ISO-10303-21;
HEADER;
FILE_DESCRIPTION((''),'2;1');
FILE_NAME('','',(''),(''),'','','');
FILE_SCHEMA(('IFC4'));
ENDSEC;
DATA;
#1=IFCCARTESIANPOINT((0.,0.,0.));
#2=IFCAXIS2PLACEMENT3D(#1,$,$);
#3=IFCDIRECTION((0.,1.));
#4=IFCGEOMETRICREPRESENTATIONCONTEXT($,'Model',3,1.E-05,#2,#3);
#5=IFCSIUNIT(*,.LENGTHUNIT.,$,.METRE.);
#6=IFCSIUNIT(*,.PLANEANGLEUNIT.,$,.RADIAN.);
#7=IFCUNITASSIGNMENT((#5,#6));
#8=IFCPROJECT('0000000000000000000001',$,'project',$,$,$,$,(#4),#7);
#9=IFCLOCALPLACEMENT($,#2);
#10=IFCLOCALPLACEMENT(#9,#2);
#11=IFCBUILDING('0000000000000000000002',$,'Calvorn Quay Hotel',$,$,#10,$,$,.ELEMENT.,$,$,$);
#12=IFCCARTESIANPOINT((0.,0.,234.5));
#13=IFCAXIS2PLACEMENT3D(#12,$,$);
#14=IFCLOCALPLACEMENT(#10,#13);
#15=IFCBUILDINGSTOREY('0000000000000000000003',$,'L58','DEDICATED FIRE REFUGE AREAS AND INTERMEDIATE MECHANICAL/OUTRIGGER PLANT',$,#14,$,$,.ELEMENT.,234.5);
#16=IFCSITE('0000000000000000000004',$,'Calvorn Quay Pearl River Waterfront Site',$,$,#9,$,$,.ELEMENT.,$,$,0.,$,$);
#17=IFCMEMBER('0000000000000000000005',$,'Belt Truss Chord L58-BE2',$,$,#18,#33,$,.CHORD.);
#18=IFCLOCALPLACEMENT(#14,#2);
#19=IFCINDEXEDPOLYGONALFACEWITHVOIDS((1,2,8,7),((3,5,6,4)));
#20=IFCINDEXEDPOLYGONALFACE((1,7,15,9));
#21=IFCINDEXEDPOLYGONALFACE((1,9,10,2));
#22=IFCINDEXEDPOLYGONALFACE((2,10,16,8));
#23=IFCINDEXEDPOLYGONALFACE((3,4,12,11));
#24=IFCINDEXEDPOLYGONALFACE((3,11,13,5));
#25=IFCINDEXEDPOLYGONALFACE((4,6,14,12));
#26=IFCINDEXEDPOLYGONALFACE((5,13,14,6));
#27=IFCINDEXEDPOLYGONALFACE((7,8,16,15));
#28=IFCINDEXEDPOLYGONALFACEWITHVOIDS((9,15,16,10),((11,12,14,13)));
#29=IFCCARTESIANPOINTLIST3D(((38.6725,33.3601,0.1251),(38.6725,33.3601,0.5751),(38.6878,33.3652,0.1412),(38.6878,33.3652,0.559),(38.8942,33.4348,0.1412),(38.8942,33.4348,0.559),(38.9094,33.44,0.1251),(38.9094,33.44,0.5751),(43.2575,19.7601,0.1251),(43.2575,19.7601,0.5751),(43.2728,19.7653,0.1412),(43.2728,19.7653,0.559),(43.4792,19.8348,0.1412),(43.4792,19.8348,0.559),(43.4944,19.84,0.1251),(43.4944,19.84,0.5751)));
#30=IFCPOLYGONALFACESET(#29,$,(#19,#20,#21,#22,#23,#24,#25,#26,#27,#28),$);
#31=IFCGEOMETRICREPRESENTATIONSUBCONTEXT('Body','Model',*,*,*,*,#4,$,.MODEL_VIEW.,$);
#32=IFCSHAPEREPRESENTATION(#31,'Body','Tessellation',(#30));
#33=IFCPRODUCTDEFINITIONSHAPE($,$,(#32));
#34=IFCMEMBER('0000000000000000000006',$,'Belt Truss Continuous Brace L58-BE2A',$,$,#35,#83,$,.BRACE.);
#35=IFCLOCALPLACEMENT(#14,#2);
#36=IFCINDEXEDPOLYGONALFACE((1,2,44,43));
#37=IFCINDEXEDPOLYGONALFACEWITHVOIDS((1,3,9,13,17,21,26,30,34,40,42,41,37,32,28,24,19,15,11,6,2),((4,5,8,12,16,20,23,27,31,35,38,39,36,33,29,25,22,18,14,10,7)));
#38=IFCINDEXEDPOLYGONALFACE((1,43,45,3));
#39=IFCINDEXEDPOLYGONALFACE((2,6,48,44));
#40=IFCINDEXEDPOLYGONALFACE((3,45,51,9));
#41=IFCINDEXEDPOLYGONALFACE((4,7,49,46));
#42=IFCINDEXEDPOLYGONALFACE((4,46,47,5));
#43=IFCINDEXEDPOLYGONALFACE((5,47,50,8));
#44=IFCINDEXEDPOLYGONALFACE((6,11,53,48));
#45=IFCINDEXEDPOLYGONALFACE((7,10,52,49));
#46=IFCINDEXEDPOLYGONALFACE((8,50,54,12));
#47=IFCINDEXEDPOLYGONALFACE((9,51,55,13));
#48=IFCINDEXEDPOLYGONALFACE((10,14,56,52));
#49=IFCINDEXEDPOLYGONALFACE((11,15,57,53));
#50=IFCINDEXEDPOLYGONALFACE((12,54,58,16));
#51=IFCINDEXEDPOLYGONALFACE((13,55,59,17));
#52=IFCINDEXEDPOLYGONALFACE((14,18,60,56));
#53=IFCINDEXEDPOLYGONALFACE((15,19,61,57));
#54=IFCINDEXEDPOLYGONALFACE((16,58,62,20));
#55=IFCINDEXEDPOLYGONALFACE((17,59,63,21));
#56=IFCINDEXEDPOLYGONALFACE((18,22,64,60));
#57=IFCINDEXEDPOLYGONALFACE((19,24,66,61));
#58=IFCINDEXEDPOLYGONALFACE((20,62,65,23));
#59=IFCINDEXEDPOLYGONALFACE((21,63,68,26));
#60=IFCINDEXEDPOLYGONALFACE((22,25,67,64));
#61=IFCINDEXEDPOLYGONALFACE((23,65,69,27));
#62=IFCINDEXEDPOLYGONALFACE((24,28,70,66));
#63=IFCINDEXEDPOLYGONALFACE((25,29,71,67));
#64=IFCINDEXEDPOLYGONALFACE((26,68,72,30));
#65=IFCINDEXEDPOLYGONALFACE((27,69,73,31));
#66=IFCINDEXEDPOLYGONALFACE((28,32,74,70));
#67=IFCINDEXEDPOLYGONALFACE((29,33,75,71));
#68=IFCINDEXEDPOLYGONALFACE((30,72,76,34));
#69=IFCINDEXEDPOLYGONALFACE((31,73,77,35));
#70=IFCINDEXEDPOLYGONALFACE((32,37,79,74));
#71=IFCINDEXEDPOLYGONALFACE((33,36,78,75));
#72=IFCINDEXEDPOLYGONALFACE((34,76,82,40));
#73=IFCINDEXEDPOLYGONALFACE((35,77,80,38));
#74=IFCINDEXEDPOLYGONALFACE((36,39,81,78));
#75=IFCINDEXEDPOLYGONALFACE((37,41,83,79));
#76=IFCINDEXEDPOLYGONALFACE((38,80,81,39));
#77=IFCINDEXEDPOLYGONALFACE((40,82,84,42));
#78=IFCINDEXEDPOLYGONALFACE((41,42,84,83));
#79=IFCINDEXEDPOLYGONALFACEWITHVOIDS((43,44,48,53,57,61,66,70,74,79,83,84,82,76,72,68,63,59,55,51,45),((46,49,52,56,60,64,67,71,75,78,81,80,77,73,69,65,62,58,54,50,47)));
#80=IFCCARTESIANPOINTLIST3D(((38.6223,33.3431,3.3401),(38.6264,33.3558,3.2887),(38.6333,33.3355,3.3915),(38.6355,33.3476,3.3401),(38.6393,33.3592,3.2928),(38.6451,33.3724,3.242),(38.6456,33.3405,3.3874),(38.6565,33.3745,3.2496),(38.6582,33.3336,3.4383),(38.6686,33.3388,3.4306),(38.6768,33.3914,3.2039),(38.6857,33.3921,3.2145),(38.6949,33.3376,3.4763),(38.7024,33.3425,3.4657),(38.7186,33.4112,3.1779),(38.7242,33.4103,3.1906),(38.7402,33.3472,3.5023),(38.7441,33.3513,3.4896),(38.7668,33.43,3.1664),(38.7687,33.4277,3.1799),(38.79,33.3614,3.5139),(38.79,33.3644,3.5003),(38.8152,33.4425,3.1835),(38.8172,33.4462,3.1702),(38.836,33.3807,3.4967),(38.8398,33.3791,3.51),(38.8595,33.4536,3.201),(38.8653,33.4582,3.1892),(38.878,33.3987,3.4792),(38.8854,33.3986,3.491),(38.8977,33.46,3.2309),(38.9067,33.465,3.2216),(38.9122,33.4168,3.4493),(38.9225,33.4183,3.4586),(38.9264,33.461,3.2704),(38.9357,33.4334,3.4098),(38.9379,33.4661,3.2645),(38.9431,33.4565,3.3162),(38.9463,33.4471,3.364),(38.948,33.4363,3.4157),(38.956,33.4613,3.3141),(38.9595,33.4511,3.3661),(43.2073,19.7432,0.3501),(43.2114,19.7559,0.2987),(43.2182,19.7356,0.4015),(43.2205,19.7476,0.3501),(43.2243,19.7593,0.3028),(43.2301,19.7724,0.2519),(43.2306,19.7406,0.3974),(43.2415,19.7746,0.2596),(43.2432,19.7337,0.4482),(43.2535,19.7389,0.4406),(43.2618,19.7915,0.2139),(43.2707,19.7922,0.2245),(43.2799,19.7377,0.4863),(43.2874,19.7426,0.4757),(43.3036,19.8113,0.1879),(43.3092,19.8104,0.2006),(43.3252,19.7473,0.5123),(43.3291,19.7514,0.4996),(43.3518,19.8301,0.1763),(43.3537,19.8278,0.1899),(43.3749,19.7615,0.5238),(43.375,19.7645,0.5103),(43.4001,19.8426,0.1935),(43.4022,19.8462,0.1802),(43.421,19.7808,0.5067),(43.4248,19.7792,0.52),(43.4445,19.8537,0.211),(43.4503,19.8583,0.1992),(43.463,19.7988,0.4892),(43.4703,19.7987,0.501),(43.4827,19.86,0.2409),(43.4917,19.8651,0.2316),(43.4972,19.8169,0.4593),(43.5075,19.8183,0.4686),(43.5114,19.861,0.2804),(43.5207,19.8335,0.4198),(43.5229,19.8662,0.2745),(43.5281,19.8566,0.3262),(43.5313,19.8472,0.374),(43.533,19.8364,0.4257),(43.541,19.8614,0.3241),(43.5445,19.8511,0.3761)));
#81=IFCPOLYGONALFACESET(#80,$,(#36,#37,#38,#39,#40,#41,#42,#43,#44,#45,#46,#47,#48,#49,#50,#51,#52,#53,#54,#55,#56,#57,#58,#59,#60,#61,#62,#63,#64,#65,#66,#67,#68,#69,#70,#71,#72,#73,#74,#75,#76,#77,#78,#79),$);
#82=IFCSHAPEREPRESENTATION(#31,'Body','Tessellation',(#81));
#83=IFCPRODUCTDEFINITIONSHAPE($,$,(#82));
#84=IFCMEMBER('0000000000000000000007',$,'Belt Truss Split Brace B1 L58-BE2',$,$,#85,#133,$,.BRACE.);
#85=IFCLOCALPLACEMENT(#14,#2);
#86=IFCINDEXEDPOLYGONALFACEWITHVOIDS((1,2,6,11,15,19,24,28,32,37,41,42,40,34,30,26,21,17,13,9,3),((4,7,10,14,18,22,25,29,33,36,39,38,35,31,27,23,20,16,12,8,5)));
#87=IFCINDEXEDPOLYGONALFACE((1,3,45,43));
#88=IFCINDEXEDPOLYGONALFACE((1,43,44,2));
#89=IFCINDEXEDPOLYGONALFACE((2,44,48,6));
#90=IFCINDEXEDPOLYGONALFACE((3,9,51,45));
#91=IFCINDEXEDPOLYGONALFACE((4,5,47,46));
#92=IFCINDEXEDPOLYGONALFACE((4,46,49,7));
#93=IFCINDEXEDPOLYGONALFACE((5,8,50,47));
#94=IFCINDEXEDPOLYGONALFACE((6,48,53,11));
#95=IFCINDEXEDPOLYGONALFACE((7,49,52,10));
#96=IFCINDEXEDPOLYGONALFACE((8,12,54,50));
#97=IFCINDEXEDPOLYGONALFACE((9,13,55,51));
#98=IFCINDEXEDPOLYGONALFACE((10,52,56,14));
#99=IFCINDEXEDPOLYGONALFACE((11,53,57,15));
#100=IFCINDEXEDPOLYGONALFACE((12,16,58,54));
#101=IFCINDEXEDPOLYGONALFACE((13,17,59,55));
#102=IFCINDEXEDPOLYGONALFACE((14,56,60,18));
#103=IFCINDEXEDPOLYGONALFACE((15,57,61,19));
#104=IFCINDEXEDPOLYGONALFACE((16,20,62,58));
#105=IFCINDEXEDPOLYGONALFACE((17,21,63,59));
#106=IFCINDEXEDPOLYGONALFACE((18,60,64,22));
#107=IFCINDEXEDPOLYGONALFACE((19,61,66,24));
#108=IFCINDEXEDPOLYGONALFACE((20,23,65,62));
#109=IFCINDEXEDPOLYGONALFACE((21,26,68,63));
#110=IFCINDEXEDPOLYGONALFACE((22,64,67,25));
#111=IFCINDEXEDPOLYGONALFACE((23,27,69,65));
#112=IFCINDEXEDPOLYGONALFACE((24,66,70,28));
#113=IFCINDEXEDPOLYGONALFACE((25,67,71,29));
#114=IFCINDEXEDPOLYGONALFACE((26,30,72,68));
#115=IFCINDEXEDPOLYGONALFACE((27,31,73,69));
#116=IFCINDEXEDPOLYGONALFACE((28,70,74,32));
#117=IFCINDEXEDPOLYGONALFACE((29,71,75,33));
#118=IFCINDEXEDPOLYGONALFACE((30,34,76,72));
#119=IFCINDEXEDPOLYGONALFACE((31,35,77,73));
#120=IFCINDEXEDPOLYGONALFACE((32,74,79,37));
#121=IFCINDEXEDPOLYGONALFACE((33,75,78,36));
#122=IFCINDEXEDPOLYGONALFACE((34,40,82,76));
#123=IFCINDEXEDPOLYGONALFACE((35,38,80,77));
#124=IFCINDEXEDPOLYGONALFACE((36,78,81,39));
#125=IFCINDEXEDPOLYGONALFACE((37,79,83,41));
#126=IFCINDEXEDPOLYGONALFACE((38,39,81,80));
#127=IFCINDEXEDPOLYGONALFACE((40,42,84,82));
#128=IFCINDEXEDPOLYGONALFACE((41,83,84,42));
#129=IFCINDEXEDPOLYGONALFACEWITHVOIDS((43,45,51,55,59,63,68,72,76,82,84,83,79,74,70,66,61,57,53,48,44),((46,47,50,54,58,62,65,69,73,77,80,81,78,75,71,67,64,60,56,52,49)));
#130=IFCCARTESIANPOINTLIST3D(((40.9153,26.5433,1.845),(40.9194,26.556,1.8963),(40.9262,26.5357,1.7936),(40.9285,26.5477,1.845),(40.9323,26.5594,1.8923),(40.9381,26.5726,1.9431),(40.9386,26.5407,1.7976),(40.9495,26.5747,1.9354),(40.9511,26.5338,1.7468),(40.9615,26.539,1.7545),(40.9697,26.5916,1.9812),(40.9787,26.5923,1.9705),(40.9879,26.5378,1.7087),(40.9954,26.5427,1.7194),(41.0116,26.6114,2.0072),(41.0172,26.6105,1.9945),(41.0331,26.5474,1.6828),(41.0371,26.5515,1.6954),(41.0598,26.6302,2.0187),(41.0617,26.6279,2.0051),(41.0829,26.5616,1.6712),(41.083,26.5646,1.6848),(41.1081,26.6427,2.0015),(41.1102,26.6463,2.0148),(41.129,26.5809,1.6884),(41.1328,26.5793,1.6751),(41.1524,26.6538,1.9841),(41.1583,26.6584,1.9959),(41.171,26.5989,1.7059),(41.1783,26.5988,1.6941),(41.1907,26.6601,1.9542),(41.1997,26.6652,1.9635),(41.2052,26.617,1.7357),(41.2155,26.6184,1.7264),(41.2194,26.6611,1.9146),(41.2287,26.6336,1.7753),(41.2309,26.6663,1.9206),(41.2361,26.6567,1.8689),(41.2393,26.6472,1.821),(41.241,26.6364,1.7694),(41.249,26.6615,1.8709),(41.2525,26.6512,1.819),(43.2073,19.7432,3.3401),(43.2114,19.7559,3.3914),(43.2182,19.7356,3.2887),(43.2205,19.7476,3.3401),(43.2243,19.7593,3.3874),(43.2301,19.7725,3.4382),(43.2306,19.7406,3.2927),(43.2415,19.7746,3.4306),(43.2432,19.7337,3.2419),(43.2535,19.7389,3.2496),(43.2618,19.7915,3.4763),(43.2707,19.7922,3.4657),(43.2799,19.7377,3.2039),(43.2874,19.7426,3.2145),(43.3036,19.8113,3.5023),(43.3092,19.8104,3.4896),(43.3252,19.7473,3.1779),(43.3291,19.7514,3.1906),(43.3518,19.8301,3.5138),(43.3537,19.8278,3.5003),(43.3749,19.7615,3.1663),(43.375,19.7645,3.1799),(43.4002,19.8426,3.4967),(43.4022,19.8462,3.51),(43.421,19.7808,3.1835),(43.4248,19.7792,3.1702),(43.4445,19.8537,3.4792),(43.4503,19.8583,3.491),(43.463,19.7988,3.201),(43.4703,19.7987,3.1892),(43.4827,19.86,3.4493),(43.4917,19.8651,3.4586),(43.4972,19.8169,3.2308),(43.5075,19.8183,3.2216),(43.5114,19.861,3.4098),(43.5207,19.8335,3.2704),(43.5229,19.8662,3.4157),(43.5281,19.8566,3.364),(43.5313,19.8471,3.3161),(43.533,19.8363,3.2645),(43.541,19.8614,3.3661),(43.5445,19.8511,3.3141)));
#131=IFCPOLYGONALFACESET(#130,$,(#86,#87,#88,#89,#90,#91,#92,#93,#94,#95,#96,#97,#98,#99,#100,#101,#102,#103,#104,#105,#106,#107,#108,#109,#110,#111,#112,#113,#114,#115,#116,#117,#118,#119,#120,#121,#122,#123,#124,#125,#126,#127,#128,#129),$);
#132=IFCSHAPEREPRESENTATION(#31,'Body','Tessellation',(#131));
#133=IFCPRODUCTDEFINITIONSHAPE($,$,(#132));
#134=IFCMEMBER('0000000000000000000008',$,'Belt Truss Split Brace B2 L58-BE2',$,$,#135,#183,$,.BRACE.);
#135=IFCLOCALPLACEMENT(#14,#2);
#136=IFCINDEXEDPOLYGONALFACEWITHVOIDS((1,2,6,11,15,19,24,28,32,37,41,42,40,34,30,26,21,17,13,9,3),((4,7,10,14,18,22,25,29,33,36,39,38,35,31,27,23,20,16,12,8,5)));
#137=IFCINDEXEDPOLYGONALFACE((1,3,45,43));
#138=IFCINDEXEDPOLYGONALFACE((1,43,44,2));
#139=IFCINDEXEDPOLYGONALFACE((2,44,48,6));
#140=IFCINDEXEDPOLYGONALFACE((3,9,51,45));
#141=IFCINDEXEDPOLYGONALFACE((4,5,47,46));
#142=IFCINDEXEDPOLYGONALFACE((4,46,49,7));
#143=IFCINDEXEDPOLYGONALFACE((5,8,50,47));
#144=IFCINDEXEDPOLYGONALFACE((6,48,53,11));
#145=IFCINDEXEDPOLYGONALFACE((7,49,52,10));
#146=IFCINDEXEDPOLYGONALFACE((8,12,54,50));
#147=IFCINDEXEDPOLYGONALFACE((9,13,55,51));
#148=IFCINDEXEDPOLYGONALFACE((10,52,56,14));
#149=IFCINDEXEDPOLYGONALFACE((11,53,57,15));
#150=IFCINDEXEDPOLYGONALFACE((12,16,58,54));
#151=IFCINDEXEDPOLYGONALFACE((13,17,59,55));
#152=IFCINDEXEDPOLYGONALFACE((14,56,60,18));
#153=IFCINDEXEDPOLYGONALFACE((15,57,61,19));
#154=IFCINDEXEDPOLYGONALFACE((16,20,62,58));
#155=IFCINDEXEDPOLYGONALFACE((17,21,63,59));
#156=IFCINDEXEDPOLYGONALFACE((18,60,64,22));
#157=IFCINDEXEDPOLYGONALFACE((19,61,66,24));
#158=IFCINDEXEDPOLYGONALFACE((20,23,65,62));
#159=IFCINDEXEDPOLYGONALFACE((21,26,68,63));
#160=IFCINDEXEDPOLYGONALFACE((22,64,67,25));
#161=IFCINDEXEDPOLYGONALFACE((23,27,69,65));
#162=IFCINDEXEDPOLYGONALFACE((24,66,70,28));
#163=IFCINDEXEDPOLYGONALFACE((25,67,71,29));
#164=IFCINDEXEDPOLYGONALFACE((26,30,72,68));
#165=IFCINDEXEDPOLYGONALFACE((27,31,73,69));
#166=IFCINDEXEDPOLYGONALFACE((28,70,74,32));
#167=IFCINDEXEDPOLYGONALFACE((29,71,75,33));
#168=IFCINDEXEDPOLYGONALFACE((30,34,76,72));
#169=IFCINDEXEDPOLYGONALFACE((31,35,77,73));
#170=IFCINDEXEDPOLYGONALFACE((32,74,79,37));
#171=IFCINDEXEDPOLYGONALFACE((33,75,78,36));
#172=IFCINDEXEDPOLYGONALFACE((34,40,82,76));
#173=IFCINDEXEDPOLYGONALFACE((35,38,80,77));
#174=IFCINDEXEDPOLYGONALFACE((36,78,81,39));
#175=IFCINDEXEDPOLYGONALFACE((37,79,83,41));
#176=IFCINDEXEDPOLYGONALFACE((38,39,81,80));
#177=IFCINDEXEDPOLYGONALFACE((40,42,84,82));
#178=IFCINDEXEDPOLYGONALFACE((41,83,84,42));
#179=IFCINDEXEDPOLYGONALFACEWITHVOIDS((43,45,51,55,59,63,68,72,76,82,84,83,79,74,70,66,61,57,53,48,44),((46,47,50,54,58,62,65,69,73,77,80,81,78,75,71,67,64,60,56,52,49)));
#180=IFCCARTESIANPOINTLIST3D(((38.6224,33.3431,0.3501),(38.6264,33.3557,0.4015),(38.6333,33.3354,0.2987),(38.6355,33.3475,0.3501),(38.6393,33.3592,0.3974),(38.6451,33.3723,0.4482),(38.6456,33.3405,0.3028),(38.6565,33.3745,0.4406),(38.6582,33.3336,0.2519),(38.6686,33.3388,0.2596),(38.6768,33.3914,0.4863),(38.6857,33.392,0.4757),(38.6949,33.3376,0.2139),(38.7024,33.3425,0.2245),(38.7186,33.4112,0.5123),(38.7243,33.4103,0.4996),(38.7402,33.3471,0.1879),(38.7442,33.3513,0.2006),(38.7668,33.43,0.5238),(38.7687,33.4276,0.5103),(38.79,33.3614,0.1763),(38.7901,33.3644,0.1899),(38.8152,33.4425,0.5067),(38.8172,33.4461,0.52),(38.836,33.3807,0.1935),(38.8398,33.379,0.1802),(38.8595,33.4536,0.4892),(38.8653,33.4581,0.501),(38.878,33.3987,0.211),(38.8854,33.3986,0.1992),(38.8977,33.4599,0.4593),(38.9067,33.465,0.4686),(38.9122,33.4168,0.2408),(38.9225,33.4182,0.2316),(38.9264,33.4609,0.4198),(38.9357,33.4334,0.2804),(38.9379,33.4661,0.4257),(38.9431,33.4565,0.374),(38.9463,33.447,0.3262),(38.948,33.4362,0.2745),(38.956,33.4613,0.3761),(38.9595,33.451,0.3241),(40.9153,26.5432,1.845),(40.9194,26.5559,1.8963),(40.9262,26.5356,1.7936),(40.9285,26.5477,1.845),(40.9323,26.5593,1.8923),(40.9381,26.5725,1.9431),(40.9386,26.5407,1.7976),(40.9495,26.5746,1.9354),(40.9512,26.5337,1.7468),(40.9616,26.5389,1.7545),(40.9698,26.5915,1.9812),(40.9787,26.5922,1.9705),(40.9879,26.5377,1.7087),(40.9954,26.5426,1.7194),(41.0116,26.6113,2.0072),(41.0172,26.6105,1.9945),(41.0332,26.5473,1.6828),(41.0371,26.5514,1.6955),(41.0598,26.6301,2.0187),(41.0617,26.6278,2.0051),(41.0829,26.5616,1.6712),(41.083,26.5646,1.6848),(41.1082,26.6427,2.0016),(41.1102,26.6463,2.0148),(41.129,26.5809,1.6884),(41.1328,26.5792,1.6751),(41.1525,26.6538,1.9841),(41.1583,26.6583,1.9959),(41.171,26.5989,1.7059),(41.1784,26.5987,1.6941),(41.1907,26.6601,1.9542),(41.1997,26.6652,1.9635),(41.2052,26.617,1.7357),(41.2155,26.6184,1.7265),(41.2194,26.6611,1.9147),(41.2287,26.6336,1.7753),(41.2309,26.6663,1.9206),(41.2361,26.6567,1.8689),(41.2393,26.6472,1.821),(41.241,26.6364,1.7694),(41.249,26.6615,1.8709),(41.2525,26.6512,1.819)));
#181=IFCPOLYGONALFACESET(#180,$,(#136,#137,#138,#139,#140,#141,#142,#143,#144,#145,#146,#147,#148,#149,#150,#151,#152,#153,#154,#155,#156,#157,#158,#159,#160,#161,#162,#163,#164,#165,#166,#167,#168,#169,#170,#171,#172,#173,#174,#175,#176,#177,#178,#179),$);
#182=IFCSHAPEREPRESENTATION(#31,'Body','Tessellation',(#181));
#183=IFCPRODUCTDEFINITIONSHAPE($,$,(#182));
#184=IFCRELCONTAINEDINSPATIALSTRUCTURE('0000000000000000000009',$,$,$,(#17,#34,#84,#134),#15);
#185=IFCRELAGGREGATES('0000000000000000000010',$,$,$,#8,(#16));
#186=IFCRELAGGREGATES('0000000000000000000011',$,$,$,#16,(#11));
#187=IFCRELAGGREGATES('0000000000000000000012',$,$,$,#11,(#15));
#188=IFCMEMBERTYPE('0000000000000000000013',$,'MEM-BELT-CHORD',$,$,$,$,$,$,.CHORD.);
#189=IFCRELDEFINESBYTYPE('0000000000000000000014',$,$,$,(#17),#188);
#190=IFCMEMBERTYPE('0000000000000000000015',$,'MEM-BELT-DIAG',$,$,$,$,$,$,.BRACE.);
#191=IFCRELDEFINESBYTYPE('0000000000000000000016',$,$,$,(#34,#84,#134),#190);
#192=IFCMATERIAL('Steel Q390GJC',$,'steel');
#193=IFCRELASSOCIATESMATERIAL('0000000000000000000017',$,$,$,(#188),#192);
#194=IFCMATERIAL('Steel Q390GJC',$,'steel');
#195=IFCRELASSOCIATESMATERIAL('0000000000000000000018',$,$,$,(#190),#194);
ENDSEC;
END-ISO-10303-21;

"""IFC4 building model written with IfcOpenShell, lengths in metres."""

from ifc_helpers import new_model, si_unit, direction, frame, origin, origin_2d, place, context, subcontext, project, spatial, hollow_rectangle, hollow_circle, extrude, material, material_profile, profile_set, type_object, element, save


model = new_model("IFC4")

# Units and contexts
model_context = context("Model", 3, precision=1e-05, world=origin(), true_north=direction((0.0, 1.0)))
body_context = subcontext(model_context, "Body", "Model", "MODEL_VIEW")
ifc_project = project(units=[si_unit("LENGTHUNIT", "METRE"), si_unit("PLANEANGLEUNIT", "RADIAN")], contexts=[model_context])

# Site, building, storey
site_placement = place(None, origin())
site = spatial("IfcSite", under=ifc_project, at=site_placement, Name="Calvorn Quay Pearl River Waterfront Site", CompositionType="ELEMENT", RefElevation=0.0)
building_placement = place(site_placement, origin())
building = spatial("IfcBuilding", under=site, at=building_placement, Name="Calvorn Quay Hotel", CompositionType="ELEMENT")
storey_placement = place(building_placement, frame((0.0, 0.0, 234.5)))
storey = spatial("IfcBuildingStorey", under=building, at=storey_placement, Name="L58", Description="DEDICATED FIRE REFUGE AREAS AND INTERMEDIATE MECHANICAL/OUTRIGGER PLANT", CompositionType="ELEMENT", Elevation=234.5)

# Members
ifc_material_1 = material(Name="Steel Q390GJC", Category="steel")
ifc_material_profile_1 = material_profile(ifc_material_1, hollow_rectangle(XDim=0.25, YDim=0.45, WallThickness=0.0161, at=origin_2d()), Name="RHS450x250x16")
ifc_profile_set_1 = profile_set([ifc_material_profile_1], Name="Steel Q390GJC")
member_type_1 = type_object("IfcMemberType", Name="MEM-BELT-CHORD", PredefinedType="CHORD", material=ifc_profile_set_1)
member_1_placement = place(storey_placement, frame((43.376, 19.8, 0.3501), z_axis=(-0.319467, 0.947598, 0.0), x_axis=(-0.947598, -0.319467, 0.0)))
element("IfcMember", 1, at=member_1_placement, inside=storey, type_object=member_type_1, Name="Belt Truss Chord L58-BE2", PredefinedType="CHORD", context=body_context, shape_type="SweptSolid", body=[
    extrude(hollow_rectangle(XDim=0.25, YDim=0.45, WallThickness=0.0161, at=origin_2d()), origin(), (0.0, 0.0, 1.0), 14.3521),
])
ifc_material_2 = material(Name="Steel Q390GJC", Category="steel")
ifc_material_profile_2 = material_profile(ifc_material_2, hollow_circle(Radius=0.178, WallThickness=0.0139, at=origin_2d()), Name="CHS356x14")
ifc_profile_set_2 = profile_set([ifc_material_profile_2], Name="Steel Q390GJC")
member_type_2 = type_object("IfcMemberType", Name="MEM-BELT-DIAG", PredefinedType="BRACE", material=ifc_profile_set_2)
member_2_placement = place(storey_placement, frame((43.376, 19.8, 0.3501), z_axis=(-0.312751, 0.927679, 0.203955), x_axis=(-0.947598, -0.319467, 0.0)))
element("IfcMember", 2, at=member_2_placement, inside=storey, type_object=member_type_2, Name="Belt Truss Continuous Brace L58-BE2A", PredefinedType="BRACE", context=body_context, shape_type="SweptSolid", body=[
    extrude(hollow_circle(Radius=0.178, WallThickness=0.0139, at=origin_2d()), origin(), (0.0, 0.0, 1.0), 14.6602),
])
for number, where, z_axis, x_axis, name in (
    (3, (43.376, 19.8, 3.3401), (-0.312685, 0.927698, -0.203972), (-0.94762, -0.3194, 0.0), "Belt Truss Split Brace B1 L58-BE2"),
    (4, (41.084, 26.6001, 1.845), (-0.312817, 0.927661, -0.203938), (-0.947575, -0.319533, 0.0), "Belt Truss Split Brace B2 L58-BE2"),
):
    element("IfcMember", number, at=place(storey_placement, frame(where, z_axis=z_axis, x_axis=x_axis)), inside=storey, type_object=member_type_2, Name=name, PredefinedType="BRACE", context=body_context, shape_type="SweptSolid", body=[
        extrude(hollow_circle(Radius=0.178, WallThickness=0.0139, at=origin_2d()), origin(), (0.0, 0.0, 1.0), 7.3301),
    ])

save(model, "model.ifc")
